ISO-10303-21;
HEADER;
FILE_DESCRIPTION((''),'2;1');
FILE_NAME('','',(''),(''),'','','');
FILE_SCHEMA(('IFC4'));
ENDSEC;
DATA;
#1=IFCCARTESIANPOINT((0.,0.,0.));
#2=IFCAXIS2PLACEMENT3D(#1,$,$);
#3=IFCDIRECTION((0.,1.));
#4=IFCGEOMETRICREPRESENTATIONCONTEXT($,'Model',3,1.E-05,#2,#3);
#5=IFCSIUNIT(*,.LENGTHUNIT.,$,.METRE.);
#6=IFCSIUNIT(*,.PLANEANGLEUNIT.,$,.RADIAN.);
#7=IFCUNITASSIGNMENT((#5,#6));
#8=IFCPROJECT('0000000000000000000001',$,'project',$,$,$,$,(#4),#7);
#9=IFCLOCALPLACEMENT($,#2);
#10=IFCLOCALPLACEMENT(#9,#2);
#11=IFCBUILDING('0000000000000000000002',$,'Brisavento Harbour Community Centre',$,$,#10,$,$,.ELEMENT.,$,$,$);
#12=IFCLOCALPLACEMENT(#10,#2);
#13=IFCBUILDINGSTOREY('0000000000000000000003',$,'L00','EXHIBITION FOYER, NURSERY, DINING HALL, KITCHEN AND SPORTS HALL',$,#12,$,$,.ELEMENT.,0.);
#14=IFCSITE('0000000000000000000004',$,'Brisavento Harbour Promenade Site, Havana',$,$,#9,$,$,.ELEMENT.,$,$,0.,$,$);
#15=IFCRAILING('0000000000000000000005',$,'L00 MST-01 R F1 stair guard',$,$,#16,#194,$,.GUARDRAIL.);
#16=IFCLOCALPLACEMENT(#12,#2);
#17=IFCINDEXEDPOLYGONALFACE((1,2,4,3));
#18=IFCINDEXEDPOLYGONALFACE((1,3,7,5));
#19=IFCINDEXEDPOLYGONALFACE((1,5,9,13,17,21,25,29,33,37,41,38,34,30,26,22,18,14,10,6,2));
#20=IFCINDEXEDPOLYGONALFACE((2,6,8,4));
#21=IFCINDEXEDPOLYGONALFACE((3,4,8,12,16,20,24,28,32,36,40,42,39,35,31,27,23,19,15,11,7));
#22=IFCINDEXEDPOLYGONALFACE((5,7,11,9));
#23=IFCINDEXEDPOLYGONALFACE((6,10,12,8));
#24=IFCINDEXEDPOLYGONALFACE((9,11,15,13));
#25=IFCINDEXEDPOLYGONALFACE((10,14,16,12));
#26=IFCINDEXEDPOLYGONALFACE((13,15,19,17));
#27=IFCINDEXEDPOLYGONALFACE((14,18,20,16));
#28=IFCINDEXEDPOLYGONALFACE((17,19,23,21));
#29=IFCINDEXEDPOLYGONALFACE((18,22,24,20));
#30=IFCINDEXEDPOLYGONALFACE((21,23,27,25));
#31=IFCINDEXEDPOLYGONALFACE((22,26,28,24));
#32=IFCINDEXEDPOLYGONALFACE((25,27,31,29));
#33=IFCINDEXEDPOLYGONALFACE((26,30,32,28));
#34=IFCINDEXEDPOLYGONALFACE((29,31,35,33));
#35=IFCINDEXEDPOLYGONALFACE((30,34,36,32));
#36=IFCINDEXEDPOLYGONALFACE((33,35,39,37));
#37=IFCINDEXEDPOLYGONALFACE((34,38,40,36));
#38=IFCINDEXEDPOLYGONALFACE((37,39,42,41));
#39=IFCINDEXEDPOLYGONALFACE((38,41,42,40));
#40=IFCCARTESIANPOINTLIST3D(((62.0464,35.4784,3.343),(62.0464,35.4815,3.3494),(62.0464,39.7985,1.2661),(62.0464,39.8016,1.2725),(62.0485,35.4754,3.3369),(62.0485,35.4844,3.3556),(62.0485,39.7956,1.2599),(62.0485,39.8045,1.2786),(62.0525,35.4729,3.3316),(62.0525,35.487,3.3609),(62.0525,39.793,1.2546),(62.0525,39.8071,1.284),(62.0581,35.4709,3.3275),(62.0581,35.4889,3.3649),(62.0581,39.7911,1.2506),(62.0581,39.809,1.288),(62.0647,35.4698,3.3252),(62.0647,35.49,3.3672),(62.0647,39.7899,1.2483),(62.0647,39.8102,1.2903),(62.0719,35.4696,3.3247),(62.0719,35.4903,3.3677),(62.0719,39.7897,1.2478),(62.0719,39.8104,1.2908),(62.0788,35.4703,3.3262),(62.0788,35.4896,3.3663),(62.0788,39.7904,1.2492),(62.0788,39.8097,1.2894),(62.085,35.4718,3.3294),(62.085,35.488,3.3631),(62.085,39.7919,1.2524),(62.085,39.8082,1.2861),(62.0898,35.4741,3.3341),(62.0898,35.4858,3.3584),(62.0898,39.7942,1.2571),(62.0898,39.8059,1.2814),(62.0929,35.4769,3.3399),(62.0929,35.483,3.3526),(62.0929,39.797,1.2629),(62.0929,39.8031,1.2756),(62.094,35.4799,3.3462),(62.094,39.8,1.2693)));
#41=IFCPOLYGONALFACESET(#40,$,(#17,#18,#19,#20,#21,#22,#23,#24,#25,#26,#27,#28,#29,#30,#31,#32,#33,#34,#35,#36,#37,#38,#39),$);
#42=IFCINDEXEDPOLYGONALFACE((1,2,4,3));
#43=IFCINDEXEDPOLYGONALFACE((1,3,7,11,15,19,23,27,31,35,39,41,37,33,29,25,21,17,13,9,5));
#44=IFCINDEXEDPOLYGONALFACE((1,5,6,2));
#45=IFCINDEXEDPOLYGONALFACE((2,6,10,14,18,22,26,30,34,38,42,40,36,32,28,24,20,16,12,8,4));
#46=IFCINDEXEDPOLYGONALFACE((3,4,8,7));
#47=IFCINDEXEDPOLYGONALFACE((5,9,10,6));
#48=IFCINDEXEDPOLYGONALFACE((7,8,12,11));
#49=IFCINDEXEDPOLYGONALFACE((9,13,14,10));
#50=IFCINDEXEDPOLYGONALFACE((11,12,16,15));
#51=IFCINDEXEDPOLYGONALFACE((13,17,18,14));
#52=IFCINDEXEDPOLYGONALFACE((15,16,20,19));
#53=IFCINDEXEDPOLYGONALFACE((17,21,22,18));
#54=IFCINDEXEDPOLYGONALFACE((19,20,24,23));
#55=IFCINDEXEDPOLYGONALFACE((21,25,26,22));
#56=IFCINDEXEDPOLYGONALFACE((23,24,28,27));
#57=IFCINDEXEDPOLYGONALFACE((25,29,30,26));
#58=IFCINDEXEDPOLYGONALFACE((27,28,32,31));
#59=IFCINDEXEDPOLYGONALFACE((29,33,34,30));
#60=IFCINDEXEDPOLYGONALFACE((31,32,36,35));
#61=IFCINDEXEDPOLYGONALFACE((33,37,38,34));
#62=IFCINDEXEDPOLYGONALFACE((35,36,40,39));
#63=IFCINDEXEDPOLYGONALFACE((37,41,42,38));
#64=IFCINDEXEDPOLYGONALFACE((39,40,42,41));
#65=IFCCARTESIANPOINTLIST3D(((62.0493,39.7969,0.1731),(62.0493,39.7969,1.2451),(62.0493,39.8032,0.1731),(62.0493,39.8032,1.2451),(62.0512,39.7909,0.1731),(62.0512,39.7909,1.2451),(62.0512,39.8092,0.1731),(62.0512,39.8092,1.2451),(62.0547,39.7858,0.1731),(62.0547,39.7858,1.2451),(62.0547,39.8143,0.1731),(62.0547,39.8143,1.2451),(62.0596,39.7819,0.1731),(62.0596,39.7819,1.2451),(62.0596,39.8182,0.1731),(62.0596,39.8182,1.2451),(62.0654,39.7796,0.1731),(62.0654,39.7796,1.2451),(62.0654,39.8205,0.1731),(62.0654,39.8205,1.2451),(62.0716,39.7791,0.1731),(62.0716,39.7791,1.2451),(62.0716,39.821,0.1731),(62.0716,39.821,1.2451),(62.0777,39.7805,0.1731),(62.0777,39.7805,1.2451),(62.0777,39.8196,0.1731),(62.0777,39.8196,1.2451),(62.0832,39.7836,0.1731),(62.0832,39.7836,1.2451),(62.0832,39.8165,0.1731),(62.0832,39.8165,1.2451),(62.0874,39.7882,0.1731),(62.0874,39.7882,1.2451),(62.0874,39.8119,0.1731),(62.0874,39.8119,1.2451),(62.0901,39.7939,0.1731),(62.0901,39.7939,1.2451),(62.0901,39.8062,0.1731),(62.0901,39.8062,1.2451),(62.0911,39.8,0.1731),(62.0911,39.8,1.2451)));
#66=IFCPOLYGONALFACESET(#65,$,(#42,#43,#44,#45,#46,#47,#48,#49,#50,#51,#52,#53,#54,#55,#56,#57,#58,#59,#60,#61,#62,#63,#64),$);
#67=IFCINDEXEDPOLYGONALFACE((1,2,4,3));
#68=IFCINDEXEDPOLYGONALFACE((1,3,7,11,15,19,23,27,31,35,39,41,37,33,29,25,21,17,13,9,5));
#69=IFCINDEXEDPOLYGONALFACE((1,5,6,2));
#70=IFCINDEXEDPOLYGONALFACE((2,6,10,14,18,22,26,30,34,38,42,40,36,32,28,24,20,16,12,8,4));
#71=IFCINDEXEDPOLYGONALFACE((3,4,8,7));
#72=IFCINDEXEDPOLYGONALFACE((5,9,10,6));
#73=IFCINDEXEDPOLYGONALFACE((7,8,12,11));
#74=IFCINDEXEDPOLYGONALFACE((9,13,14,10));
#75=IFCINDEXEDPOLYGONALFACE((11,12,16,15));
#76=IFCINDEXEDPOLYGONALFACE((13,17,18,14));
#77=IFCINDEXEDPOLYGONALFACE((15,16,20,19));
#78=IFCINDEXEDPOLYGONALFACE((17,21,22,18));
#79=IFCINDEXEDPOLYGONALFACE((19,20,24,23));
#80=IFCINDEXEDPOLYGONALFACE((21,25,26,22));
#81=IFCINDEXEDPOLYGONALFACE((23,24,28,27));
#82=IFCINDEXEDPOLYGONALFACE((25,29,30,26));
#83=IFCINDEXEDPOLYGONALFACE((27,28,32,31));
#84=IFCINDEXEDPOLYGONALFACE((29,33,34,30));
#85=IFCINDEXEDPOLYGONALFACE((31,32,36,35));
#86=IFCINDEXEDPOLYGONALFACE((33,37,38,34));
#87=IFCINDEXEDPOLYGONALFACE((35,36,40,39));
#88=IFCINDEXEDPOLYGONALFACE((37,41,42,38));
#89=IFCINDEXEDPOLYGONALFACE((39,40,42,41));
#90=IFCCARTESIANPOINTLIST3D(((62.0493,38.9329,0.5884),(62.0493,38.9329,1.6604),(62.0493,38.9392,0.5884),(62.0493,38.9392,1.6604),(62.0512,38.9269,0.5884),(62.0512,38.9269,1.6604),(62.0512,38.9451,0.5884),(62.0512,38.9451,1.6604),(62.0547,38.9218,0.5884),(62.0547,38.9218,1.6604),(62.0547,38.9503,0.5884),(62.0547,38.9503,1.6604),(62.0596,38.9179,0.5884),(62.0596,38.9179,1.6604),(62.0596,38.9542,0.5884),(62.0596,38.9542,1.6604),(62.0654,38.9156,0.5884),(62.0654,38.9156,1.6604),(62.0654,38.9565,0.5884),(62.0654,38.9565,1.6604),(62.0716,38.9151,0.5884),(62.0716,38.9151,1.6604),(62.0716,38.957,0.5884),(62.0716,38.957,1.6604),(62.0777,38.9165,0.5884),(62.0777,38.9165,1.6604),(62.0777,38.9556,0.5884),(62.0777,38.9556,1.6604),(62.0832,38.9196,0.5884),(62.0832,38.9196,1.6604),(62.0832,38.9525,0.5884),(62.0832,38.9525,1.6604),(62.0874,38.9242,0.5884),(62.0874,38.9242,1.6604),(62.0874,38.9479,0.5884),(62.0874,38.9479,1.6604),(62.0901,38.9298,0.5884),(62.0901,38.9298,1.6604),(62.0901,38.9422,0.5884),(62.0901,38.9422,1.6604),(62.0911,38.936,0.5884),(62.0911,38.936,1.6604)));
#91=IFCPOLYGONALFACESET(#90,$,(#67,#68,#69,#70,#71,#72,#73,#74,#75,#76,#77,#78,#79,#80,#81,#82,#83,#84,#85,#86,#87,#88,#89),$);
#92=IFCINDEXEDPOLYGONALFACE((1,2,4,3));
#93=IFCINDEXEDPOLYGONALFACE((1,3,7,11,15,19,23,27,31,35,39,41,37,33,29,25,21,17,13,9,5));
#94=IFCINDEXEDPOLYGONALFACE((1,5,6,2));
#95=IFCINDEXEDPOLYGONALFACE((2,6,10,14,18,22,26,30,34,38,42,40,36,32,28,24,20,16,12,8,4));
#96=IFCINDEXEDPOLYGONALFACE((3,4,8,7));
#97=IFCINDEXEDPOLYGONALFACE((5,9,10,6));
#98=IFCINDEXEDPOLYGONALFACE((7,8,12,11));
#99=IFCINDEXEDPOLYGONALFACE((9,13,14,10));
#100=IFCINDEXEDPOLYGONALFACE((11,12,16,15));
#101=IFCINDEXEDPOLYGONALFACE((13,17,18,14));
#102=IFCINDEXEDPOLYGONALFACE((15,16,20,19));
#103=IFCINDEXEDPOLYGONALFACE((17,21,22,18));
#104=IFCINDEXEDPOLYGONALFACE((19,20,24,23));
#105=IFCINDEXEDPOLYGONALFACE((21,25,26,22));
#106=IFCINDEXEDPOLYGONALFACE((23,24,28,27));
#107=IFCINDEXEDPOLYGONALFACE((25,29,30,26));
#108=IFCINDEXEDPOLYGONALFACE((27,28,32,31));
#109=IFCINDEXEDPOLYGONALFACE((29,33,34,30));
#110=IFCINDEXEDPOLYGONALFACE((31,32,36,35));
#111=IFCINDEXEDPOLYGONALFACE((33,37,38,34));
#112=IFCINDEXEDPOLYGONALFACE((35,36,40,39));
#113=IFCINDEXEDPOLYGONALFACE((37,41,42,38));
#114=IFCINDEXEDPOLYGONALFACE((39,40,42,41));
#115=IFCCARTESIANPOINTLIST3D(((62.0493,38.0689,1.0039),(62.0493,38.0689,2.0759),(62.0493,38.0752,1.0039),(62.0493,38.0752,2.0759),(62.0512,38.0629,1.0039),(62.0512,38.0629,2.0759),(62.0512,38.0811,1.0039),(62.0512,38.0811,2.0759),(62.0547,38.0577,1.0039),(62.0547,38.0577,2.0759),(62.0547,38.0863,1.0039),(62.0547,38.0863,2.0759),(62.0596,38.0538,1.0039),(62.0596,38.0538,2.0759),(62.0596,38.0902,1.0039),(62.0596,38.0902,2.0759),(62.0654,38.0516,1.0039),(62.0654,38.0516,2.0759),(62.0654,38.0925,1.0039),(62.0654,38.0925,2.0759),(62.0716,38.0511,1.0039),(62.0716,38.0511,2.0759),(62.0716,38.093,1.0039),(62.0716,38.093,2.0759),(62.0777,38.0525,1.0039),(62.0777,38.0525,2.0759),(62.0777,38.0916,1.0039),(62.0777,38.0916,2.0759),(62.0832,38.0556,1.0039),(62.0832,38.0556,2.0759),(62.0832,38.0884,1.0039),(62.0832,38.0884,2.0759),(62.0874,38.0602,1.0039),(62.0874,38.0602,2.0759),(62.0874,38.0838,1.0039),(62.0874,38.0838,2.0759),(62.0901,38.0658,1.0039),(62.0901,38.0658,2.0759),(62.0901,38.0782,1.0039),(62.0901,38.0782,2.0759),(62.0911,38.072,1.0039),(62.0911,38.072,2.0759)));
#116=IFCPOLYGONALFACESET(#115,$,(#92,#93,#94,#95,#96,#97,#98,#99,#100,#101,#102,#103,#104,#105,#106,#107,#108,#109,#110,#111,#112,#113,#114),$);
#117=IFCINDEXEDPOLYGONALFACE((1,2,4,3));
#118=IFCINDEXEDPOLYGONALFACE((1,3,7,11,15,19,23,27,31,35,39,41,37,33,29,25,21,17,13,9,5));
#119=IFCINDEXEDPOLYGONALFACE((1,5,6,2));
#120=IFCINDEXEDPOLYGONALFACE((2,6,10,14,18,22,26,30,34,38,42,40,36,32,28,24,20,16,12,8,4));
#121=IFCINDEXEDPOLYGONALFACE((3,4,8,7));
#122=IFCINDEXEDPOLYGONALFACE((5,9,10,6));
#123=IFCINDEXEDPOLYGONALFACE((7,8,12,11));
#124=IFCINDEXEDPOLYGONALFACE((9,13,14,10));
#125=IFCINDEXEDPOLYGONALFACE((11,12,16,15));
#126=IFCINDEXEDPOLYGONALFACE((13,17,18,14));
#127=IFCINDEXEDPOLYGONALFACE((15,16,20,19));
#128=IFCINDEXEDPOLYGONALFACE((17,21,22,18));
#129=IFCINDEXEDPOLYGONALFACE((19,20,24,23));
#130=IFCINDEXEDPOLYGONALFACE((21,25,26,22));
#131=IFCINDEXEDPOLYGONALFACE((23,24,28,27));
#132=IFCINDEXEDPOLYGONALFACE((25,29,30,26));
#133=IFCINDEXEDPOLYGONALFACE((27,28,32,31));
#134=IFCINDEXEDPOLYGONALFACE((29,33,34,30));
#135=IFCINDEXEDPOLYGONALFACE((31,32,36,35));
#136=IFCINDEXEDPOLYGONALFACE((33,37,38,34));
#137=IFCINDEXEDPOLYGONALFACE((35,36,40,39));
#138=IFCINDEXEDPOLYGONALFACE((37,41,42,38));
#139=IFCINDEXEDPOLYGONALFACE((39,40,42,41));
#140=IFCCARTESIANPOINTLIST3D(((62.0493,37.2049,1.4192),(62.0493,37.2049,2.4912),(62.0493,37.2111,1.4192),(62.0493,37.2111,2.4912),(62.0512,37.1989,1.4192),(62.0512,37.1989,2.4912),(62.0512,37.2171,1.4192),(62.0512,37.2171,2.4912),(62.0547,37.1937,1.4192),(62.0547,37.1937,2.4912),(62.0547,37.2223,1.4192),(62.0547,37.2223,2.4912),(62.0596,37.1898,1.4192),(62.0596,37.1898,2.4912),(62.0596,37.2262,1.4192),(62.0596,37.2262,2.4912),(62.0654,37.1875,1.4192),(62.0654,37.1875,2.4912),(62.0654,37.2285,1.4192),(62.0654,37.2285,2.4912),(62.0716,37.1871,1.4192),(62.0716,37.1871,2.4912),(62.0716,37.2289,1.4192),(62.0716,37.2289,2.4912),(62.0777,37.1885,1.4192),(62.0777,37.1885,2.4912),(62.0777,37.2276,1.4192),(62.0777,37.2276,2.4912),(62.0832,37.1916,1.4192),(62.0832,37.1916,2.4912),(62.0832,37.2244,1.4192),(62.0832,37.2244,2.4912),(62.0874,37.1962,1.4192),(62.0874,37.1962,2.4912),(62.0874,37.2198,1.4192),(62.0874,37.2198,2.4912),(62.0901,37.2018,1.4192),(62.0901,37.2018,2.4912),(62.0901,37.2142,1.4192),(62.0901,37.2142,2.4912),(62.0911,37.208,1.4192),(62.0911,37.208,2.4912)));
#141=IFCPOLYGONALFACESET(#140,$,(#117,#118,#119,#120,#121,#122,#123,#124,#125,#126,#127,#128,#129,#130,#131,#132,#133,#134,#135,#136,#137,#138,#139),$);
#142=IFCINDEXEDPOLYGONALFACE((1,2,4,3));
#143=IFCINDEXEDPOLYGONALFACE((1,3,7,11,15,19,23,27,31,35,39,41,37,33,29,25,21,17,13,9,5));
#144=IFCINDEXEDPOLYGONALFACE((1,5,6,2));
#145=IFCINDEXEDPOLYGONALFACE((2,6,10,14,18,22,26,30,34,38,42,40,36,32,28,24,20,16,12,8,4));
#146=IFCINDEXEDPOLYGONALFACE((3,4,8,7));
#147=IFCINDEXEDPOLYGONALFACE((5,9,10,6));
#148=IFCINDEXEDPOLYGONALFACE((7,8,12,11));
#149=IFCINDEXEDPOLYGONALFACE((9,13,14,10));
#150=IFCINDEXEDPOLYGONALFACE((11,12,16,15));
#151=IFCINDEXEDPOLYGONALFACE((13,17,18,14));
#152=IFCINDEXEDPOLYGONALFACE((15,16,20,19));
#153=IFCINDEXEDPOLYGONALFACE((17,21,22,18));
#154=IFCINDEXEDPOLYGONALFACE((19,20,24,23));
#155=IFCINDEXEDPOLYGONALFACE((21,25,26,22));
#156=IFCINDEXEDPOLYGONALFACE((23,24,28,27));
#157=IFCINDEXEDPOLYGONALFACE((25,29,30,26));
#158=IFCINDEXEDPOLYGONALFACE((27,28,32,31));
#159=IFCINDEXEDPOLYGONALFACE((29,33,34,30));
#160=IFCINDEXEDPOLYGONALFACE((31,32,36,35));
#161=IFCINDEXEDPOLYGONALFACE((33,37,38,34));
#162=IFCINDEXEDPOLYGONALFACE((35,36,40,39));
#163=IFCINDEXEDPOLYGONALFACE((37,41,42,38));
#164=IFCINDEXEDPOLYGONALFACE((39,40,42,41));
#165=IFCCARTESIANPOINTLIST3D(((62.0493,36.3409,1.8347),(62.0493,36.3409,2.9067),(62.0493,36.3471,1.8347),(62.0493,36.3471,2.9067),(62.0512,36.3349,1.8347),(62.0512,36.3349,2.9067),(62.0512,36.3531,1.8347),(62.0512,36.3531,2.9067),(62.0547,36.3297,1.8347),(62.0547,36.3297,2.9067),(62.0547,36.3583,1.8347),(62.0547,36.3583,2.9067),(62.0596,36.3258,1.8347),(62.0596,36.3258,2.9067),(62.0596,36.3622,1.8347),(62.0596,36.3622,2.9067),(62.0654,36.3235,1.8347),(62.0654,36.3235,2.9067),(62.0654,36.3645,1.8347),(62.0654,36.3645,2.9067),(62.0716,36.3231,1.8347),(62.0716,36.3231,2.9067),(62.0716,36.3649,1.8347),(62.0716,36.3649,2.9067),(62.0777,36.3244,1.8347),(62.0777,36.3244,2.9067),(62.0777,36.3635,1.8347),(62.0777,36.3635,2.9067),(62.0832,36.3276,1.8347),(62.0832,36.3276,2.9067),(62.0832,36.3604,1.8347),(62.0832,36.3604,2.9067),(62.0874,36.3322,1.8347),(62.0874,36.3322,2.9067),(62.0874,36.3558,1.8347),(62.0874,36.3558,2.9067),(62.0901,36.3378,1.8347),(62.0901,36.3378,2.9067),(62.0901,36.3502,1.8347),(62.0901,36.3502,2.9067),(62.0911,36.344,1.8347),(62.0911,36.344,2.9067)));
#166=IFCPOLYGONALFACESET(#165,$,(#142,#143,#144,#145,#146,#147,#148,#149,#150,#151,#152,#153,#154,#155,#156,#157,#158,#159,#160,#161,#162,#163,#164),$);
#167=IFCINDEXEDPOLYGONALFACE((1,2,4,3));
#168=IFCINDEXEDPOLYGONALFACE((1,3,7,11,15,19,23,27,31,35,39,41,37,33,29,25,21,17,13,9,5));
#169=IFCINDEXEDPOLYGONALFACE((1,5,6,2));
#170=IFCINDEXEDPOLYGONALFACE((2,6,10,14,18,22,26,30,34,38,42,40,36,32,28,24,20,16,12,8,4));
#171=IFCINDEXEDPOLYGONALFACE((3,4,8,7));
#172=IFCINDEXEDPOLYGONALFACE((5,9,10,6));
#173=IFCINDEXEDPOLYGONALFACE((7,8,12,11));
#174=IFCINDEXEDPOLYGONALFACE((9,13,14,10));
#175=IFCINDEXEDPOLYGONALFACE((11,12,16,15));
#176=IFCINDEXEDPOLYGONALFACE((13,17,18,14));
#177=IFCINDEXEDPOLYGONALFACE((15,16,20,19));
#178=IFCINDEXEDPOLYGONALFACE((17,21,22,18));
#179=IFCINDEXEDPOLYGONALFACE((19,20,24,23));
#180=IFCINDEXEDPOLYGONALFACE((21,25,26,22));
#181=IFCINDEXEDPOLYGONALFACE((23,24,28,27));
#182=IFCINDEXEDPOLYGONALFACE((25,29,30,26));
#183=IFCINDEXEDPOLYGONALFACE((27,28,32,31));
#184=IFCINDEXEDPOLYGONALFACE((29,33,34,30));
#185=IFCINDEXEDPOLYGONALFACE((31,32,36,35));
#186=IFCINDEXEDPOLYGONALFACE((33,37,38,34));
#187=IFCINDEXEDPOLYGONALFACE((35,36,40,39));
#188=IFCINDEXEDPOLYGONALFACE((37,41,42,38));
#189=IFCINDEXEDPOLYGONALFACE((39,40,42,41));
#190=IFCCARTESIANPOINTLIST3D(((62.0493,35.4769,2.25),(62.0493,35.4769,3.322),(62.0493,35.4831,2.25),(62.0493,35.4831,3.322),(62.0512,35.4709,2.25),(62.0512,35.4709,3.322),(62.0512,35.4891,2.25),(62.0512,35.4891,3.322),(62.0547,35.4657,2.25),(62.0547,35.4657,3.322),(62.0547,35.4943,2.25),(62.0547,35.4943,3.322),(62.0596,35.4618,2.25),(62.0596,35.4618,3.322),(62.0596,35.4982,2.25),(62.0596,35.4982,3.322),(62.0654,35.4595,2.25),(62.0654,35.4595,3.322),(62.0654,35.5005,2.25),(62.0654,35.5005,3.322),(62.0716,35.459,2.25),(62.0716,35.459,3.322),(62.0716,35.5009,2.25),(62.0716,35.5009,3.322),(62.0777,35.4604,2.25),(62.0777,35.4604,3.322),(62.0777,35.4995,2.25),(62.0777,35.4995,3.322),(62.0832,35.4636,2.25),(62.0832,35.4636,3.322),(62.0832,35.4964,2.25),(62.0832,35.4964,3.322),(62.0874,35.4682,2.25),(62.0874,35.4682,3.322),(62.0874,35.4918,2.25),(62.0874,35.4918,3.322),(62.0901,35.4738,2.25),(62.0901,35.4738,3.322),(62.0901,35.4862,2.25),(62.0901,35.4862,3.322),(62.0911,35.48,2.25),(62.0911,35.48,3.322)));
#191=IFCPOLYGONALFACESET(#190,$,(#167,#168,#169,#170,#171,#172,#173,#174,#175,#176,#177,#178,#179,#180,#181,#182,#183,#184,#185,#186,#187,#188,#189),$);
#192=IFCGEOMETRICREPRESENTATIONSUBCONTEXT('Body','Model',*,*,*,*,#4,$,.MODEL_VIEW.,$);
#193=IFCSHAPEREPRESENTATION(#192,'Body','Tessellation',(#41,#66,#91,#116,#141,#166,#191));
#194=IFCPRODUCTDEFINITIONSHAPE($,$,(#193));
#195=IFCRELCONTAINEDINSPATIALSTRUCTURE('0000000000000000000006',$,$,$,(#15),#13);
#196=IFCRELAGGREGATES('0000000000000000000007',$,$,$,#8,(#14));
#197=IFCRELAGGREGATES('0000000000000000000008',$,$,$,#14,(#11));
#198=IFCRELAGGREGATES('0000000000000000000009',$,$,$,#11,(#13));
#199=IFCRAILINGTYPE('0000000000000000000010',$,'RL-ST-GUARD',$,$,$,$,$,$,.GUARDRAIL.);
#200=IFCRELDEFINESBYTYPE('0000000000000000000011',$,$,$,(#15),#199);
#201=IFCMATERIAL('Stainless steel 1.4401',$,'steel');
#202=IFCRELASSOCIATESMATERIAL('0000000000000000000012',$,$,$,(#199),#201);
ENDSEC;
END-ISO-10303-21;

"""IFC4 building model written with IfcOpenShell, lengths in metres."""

from ifc_helpers import new_model, si_unit, direction, frame, origin, origin_2d, place, context, subcontext, project, spatial, circle, extrude, material, type_object, element, save


model = new_model("IFC4")

# Units and contexts
model_context = context("Model", 3, precision=1e-05, world=origin(), true_north=direction((0.0, 1.0)))
body_context = subcontext(model_context, "Body", "Model", "MODEL_VIEW")
ifc_project = project(units=[si_unit("LENGTHUNIT", "METRE"), si_unit("PLANEANGLEUNIT", "RADIAN")], contexts=[model_context])

# Site, building, storey
site_placement = place(None, origin())
site = spatial("IfcSite", under=ifc_project, at=site_placement, Name="Brisavento Harbour Promenade Site, Havana", CompositionType="ELEMENT", RefElevation=0.0)
building_placement = place(site_placement, origin())
building = spatial("IfcBuilding", under=site, at=building_placement, Name="Brisavento Harbour Community Centre", CompositionType="ELEMENT")
storey_placement = place(building_placement, origin())
storey = spatial("IfcBuildingStorey", under=building, at=storey_placement, Name="L00", Description="EXHIBITION FOYER, NURSERY, DINING HALL, KITCHEN AND SPORTS HALL", CompositionType="ELEMENT", Elevation=0.0)

# Railing
ifc_material_1 = material(Name="Stainless steel 1.4401", Category="steel")
railing_type = type_object("IfcRailingType", Name="RL-ST-GUARD", PredefinedType="GUARDRAIL", material=ifc_material_1)
railing_1_placement = place(storey_placement, frame((62.0701, 39.8, 0.1731)))
element("IfcRailing", 1, at=railing_1_placement, inside=storey, type_object=railing_type, Name="L00 MST-01 R F1 stair guard", PredefinedType="GUARDRAIL", context=body_context, shape_type="SweptSolid", body=[
    extrude(circle(Radius=0.0239, at=origin_2d()), frame((0.0, 0.0, 1.0962), z_axis=(0.0, -0.901257, 0.433286), x_axis=(1.0, 0.0, 0.0)), (0.0, 0.0, 1.0), 4.7935),
    extrude(circle(Radius=0.021, at=origin_2d()), origin(), (0.0, 0.0, 1.0), 1.072),
    extrude(circle(Radius=0.021, at=origin_2d()), frame((0.0, -0.864, 0.4153)), (0.0, 0.0, 1.0), 1.072),
    extrude(circle(Radius=0.021, at=origin_2d()), frame((0.0, -1.728, 0.8308)), (0.0, 0.0, 1.0), 1.072),
    extrude(circle(Radius=0.021, at=origin_2d()), frame((0.0, -2.592, 1.2461)), (0.0, 0.0, 1.0), 1.072),
    extrude(circle(Radius=0.021, at=origin_2d()), frame((0.0, -3.4561, 1.6616)), (0.0, 0.0, 1.0), 1.072),
    extrude(circle(Radius=0.021, at=origin_2d()), frame((0.0, -4.3201, 2.0769)), (0.0, 0.0, 1.0), 1.072),
])

save(model, "model.ifc")
